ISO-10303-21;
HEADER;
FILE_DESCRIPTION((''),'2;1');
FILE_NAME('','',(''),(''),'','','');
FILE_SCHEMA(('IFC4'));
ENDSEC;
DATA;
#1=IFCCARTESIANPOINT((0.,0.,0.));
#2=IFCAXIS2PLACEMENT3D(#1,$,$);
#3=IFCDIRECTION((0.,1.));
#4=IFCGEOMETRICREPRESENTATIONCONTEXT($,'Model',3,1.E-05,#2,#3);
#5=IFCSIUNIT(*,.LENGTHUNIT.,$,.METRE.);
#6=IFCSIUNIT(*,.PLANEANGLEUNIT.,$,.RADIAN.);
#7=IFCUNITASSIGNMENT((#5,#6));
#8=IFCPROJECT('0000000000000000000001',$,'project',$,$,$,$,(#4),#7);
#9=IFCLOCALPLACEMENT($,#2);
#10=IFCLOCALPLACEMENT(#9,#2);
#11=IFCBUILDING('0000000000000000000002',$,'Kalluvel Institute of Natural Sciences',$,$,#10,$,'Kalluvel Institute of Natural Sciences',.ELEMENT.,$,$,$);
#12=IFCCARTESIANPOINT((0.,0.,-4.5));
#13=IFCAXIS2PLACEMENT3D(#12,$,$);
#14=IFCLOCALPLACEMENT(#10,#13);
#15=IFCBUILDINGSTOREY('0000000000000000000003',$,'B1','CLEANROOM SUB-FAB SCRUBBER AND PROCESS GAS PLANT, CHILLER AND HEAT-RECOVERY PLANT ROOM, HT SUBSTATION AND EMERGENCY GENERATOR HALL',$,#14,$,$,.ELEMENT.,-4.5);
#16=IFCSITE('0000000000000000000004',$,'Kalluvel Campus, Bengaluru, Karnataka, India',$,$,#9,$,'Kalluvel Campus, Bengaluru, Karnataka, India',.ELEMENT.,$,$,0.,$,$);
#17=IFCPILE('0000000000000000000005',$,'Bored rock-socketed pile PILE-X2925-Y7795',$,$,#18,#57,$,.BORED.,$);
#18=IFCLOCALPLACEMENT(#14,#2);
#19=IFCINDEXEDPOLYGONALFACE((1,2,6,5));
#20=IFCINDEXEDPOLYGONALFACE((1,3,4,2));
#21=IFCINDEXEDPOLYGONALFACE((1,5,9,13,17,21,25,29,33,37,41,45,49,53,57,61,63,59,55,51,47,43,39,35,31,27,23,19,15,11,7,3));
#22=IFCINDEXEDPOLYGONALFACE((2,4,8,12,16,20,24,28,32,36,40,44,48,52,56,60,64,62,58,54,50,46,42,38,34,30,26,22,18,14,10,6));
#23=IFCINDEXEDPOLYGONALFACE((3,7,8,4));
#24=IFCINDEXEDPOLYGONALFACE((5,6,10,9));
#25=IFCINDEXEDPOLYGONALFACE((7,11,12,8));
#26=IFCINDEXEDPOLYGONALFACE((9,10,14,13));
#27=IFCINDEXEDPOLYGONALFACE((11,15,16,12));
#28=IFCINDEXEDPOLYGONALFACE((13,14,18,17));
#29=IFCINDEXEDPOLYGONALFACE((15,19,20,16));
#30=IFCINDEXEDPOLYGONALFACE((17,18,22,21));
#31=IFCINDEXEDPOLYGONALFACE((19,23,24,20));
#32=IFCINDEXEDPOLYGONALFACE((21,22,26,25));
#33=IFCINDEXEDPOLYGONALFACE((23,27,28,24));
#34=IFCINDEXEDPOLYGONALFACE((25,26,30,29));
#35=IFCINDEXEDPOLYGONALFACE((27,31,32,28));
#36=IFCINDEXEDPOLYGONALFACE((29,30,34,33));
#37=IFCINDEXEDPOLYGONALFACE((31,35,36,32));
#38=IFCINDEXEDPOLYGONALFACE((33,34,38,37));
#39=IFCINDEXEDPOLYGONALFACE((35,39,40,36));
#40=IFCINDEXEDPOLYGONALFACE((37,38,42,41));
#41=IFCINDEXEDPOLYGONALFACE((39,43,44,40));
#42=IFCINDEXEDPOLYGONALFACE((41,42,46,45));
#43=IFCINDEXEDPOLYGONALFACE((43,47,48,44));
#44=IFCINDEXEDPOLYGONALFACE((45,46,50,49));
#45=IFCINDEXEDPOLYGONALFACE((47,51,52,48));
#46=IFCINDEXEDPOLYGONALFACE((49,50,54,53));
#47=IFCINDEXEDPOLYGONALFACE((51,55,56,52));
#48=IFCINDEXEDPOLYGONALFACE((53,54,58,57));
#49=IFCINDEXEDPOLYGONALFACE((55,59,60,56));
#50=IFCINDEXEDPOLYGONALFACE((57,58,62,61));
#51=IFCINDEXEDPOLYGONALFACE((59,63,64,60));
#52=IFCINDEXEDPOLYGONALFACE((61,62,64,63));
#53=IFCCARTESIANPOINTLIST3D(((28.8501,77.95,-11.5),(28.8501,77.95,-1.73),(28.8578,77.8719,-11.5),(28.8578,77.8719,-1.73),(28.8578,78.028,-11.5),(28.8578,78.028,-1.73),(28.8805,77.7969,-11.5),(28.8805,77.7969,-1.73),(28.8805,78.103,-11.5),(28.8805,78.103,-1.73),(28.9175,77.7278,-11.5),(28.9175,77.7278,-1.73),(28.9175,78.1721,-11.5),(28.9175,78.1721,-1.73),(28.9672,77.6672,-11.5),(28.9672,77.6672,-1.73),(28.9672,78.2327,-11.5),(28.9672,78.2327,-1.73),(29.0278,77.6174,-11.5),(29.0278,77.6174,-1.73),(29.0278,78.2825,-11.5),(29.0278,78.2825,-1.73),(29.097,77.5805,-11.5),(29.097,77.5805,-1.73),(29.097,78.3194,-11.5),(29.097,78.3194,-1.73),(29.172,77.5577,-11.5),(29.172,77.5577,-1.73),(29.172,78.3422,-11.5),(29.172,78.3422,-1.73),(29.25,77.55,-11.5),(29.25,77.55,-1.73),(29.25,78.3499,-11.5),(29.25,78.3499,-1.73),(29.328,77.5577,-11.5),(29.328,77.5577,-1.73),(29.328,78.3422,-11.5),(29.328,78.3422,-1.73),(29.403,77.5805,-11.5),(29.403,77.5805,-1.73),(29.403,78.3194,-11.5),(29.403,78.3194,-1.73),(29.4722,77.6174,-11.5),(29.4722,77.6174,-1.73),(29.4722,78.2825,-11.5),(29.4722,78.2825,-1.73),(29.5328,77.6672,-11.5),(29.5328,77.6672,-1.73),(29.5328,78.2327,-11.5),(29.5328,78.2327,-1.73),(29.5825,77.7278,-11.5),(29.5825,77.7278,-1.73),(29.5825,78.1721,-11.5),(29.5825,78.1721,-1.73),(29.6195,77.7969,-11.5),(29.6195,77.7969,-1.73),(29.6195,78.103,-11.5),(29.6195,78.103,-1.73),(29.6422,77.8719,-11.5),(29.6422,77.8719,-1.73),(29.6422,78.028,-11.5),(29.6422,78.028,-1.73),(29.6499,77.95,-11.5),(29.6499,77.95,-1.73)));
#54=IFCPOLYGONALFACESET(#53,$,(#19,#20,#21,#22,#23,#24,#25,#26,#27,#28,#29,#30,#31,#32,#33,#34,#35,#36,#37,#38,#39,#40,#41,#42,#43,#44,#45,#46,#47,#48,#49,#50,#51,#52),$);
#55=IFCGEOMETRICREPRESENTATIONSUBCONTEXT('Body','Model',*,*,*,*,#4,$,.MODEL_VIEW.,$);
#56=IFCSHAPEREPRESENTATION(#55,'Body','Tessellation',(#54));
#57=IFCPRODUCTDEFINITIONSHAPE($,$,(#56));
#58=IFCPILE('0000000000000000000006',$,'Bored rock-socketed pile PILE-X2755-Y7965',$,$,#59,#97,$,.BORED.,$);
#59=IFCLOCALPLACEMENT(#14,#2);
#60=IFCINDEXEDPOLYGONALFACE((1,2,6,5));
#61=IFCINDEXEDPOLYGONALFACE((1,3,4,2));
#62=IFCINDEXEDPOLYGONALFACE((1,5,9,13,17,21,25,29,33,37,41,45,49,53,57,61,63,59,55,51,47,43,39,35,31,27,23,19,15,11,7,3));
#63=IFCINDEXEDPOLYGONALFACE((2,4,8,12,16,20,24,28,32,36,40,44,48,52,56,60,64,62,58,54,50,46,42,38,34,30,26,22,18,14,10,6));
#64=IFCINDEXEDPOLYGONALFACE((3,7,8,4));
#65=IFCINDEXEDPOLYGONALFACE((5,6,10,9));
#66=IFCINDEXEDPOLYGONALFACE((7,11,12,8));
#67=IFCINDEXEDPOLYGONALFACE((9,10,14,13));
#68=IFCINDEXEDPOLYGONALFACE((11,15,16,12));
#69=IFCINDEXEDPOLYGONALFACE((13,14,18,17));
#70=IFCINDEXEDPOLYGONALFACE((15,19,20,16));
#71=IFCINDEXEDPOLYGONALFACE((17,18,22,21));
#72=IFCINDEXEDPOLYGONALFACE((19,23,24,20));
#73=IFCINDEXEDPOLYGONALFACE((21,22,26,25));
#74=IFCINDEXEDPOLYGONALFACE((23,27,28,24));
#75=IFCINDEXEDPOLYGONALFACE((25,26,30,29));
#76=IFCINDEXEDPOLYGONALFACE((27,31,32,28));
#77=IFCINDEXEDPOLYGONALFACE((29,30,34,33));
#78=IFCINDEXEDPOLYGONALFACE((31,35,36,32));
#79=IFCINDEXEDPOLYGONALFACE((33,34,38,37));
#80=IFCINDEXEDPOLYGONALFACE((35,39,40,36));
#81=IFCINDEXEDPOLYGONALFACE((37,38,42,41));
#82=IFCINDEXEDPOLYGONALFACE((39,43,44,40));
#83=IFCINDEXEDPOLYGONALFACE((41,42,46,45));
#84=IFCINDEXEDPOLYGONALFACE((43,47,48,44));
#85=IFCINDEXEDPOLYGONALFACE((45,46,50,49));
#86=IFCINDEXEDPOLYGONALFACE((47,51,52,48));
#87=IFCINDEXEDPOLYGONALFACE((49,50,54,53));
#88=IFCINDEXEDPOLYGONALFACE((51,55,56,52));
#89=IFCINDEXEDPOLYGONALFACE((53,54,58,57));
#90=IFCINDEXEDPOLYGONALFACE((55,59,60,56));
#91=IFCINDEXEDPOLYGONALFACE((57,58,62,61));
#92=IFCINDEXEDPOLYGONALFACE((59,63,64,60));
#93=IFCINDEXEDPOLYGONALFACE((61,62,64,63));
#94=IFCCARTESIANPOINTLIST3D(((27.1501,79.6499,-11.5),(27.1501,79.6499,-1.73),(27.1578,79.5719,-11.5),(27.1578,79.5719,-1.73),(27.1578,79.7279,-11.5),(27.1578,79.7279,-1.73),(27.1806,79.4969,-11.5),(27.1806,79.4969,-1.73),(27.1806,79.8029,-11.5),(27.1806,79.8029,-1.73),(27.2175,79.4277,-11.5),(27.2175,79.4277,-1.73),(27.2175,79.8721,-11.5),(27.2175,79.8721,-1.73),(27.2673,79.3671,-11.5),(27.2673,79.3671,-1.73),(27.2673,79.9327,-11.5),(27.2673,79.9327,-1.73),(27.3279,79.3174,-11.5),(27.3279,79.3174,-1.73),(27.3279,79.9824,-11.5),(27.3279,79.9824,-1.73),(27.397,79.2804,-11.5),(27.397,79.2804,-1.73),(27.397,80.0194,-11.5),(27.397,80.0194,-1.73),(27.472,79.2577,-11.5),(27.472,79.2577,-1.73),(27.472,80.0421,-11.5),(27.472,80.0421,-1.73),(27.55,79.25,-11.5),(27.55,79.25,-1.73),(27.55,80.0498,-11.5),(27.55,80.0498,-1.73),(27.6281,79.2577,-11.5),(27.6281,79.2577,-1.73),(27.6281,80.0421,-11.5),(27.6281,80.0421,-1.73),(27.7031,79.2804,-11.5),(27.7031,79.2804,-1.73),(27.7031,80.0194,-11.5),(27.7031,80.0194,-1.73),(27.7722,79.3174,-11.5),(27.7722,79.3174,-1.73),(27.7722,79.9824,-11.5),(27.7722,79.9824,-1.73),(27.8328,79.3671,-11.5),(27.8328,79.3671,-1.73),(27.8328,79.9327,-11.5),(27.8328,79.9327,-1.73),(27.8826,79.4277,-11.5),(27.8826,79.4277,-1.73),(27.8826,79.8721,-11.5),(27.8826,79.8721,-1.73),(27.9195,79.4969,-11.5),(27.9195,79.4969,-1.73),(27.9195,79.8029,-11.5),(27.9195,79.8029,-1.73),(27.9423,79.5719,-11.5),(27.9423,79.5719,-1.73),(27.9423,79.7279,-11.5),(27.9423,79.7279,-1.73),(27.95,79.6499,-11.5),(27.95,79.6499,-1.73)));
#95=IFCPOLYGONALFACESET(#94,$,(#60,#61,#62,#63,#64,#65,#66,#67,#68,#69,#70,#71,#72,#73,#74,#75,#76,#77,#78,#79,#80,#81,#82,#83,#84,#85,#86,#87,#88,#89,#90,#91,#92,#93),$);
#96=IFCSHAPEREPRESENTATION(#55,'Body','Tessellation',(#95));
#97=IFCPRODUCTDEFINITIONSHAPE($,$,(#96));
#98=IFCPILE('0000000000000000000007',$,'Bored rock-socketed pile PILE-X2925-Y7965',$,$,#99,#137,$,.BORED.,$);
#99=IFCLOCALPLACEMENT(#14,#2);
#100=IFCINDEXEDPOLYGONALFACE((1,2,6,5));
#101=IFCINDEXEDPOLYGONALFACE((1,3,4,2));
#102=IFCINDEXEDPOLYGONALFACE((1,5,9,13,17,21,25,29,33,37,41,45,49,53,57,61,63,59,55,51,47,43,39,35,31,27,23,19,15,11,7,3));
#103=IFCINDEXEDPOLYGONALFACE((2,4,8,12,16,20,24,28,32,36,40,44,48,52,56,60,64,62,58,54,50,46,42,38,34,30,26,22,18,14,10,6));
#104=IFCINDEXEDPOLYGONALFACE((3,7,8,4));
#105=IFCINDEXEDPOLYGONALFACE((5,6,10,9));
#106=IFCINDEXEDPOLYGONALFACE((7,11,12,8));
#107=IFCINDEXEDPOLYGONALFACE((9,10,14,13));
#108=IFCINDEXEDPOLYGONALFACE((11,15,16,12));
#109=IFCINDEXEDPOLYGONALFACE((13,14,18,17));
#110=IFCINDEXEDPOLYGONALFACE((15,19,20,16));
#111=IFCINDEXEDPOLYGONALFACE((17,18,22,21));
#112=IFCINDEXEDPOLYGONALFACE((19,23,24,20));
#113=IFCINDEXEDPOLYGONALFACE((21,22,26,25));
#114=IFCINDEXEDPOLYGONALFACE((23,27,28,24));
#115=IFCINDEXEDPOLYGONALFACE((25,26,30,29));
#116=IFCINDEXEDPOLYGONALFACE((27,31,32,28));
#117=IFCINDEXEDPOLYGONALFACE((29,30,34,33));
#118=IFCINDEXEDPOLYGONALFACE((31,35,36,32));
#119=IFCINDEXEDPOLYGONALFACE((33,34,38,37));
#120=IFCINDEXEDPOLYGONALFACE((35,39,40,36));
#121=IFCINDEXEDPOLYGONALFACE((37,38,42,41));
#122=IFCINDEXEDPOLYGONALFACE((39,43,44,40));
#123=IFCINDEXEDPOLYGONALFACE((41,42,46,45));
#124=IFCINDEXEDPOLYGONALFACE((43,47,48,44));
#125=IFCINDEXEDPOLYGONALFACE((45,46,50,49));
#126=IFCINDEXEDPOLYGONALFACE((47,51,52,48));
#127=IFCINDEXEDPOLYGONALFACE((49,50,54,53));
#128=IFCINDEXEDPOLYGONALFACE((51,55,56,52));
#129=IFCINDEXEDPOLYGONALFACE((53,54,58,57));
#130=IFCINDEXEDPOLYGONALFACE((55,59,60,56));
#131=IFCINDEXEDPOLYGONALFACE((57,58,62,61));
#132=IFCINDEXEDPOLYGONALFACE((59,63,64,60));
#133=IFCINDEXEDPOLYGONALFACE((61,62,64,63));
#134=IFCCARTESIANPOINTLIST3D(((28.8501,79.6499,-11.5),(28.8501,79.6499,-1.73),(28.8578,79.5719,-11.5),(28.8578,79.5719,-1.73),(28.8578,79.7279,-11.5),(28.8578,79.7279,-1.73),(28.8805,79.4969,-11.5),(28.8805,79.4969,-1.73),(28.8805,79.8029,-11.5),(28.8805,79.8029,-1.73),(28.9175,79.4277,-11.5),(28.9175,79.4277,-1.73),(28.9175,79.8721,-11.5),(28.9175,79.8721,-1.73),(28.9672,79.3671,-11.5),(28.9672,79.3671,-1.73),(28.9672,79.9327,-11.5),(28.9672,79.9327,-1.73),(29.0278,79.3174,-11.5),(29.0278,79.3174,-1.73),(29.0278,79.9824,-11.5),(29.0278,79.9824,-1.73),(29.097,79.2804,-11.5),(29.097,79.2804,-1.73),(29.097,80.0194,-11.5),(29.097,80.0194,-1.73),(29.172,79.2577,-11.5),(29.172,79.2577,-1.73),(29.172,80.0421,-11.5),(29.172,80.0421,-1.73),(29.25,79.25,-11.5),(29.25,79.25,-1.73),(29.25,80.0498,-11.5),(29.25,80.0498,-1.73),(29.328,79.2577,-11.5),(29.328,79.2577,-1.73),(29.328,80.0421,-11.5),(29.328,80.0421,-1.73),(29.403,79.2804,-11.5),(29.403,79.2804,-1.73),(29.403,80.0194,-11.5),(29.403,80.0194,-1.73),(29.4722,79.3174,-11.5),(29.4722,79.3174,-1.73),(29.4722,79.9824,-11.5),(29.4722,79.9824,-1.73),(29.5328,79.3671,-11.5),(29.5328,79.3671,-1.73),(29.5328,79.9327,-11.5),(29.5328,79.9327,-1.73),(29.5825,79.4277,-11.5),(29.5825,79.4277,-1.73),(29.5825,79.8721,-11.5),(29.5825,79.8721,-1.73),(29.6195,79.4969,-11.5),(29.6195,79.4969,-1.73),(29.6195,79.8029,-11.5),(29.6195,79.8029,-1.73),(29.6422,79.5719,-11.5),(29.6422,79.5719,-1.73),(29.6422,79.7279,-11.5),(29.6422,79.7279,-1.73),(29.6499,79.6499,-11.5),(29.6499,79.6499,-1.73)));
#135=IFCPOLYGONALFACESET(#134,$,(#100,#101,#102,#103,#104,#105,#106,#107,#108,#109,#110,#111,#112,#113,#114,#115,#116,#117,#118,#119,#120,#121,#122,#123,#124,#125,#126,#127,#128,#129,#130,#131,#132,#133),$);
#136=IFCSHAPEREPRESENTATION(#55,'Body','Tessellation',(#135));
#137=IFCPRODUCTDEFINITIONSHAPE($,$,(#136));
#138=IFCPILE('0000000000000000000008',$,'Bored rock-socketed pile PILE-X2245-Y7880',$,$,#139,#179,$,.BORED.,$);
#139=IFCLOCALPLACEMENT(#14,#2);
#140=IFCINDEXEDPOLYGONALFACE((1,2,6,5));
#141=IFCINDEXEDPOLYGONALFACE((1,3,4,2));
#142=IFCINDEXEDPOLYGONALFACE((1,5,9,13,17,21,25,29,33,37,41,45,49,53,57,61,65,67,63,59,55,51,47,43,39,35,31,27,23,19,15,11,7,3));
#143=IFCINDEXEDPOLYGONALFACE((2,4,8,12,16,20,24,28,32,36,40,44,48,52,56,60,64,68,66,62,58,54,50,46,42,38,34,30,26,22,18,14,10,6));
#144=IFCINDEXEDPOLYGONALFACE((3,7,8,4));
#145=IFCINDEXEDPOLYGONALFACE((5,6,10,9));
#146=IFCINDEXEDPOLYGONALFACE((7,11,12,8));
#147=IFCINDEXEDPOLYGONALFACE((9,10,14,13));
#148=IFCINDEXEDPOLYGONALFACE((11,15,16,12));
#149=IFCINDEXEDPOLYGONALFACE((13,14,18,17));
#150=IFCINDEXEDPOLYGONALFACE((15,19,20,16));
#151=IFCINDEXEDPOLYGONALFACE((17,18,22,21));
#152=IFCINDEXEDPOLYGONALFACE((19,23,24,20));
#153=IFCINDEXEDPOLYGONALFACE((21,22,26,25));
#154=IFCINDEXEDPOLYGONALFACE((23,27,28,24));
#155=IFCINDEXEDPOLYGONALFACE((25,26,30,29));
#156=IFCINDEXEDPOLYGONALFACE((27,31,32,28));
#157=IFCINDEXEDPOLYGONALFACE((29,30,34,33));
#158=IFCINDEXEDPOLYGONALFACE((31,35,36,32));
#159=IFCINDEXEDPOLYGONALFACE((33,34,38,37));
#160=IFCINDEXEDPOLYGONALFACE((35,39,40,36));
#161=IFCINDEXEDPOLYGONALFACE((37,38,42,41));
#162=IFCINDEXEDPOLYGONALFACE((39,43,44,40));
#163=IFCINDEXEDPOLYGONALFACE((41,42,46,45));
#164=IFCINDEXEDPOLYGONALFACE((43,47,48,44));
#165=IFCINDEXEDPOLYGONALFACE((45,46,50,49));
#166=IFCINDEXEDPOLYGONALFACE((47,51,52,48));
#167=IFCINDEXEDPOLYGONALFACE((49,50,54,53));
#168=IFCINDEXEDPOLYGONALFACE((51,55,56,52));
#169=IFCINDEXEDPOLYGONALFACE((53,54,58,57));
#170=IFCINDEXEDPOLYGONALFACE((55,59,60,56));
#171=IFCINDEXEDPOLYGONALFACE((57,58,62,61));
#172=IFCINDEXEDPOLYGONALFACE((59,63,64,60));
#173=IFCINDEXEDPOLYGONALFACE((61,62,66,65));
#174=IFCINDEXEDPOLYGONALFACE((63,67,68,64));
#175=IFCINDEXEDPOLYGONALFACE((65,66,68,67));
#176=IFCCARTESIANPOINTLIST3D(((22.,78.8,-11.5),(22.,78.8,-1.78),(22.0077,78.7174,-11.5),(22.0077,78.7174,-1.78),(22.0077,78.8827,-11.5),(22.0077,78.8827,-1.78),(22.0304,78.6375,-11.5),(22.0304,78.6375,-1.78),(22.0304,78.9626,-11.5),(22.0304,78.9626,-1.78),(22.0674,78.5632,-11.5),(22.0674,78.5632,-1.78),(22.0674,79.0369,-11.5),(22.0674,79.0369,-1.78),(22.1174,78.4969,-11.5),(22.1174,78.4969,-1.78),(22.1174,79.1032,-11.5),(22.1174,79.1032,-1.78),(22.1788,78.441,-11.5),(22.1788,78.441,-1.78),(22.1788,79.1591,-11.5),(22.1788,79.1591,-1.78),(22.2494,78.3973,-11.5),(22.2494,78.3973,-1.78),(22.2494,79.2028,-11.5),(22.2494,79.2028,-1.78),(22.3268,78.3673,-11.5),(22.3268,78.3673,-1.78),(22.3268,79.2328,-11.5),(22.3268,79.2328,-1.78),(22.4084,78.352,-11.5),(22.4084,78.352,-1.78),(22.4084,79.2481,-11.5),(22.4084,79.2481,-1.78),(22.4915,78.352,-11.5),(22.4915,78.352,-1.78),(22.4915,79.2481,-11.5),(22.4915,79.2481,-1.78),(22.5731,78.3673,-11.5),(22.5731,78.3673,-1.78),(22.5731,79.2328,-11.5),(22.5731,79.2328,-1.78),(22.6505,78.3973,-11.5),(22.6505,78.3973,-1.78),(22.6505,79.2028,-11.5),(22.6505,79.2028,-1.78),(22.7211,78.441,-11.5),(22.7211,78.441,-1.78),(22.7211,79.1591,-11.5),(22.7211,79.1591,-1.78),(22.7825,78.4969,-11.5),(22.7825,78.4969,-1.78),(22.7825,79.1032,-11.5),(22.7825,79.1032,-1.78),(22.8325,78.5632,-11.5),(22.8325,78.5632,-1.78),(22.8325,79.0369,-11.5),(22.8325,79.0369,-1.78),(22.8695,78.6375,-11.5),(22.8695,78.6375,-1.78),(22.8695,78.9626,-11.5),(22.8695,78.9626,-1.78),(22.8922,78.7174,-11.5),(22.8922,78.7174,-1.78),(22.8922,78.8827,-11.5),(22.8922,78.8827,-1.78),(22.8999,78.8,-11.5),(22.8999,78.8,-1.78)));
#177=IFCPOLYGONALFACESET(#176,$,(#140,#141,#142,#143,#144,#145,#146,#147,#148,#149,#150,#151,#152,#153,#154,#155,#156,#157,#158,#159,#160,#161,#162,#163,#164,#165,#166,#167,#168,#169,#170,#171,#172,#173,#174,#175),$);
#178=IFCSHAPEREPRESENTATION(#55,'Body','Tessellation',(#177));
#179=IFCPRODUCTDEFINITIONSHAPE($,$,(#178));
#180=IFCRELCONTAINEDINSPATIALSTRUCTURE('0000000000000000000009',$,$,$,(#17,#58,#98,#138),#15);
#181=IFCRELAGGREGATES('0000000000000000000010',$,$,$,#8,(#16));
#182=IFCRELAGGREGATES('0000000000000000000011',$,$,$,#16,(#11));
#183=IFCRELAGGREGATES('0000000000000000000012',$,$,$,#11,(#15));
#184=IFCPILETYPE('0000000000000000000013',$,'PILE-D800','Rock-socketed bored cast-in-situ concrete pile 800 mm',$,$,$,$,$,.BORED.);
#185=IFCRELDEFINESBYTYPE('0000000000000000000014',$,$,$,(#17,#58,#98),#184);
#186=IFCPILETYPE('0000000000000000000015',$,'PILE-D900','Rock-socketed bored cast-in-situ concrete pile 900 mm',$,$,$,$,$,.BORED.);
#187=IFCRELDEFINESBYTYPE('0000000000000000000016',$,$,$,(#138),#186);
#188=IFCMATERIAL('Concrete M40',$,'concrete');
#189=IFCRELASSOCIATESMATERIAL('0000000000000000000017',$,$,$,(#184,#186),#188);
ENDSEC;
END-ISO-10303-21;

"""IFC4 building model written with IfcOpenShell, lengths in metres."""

from ifc_helpers import new_model, si_unit, direction, frame, origin, origin_2d, place, context, subcontext, project, spatial, circle, extrude, material, material_profile, profile_set, type_object, element, save


model = new_model("IFC4")

# Units and contexts
model_context = context("Model", 3, precision=1e-05, world=origin(), true_north=direction((0.0, 1.0)))
body_context = subcontext(model_context, "Body", "Model", "MODEL_VIEW")
ifc_project = project(units=[si_unit("LENGTHUNIT", "METRE"), si_unit("PLANEANGLEUNIT", "RADIAN")], contexts=[model_context])

# Site, building, storey
site_placement = place(None, origin())
site = spatial("IfcSite", under=ifc_project, at=site_placement, Name="Kalluvel Campus, Bengaluru, Karnataka, India", LongName="Kalluvel Campus, Bengaluru, Karnataka, India", CompositionType="ELEMENT", RefElevation=0.0)
building_placement = place(site_placement, origin())
building = spatial("IfcBuilding", under=site, at=building_placement, Name="Kalluvel Institute of Natural Sciences", LongName="Kalluvel Institute of Natural Sciences", CompositionType="ELEMENT")
storey_placement = place(building_placement, frame((0.0, 0.0, -4.5)))
storey = spatial("IfcBuildingStorey", under=building, at=storey_placement, Name="B1", Description="CLEANROOM SUB-FAB SCRUBBER AND PROCESS GAS PLANT, CHILLER AND HEAT-RECOVERY PLANT ROOM, HT SUBSTATION AND EMERGENCY GENERATOR HALL", CompositionType="ELEMENT", Elevation=-4.5)

# Shared definitions
ifc_material_1 = material(Name="Concrete M40", Category="concrete")

# Piles
ifc_material_profile_1 = material_profile(ifc_material_1, circle(Radius=0.3999, at=origin_2d()), Name="PILE D800")
ifc_profile_set_1 = profile_set([ifc_material_profile_1], Name="Concrete M40")
pile_type_1 = type_object("IfcPileType", Name="PILE-D800", Description="Rock-socketed bored cast-in-situ concrete pile 800 mm", PredefinedType="BORED", material=ifc_profile_set_1)
for number, where, z_axis, x_axis, name in (
    (1, (29.25, 77.95, -1.73), (0.0, 0.0, -1.0), (1.0, 0.0, 0.0), "Bored rock-socketed pile PILE-X2925-Y7795"),
    (2, (27.55, 79.6499, -1.73), (0.0, 0.0, -1.0), (1.0, 0.0, 0.0), "Bored rock-socketed pile PILE-X2755-Y7965"),
    (3, (29.25, 79.6499, -1.73), (0.0, 0.0, -1.0), (1.0, 0.0, 0.0), "Bored rock-socketed pile PILE-X2925-Y7965"),
):
    element("IfcPile", number, at=place(storey_placement, frame(where, z_axis=z_axis, x_axis=x_axis)), inside=storey, type_object=pile_type_1, Name=name, PredefinedType="BORED", context=body_context, shape_type="SweptSolid", body=[
        extrude(circle(Radius=0.3999, at=origin_2d()), origin(), (0.0, 0.0, 1.0), 9.77),
    ])
ifc_material_profile_2 = material_profile(ifc_material_1, circle(Radius=0.45, at=origin_2d()), Name="PILE D900")
ifc_profile_set_2 = profile_set([ifc_material_profile_2], Name="Concrete M40")
pile_type_2 = type_object("IfcPileType", Name="PILE-D900", Description="Rock-socketed bored cast-in-situ concrete pile 900 mm", PredefinedType="BORED", material=ifc_profile_set_2)
for number, where, z_axis, x_axis, name in (
    (4, (22.45, 78.8, -1.78), (0.0, 0.0, -1.0), (1.0, 0.0, 0.0), "Bored rock-socketed pile PILE-X2245-Y7880"),
):
    element("IfcPile", number, at=place(storey_placement, frame(where, z_axis=z_axis, x_axis=x_axis)), inside=storey, type_object=pile_type_2, Name=name, PredefinedType="BORED", context=body_context, shape_type="SweptSolid", body=[
        extrude(circle(Radius=0.45, at=origin_2d()), origin(), (0.0, 0.0, 1.0), 9.72),
    ])

save(model, "model.ifc")
